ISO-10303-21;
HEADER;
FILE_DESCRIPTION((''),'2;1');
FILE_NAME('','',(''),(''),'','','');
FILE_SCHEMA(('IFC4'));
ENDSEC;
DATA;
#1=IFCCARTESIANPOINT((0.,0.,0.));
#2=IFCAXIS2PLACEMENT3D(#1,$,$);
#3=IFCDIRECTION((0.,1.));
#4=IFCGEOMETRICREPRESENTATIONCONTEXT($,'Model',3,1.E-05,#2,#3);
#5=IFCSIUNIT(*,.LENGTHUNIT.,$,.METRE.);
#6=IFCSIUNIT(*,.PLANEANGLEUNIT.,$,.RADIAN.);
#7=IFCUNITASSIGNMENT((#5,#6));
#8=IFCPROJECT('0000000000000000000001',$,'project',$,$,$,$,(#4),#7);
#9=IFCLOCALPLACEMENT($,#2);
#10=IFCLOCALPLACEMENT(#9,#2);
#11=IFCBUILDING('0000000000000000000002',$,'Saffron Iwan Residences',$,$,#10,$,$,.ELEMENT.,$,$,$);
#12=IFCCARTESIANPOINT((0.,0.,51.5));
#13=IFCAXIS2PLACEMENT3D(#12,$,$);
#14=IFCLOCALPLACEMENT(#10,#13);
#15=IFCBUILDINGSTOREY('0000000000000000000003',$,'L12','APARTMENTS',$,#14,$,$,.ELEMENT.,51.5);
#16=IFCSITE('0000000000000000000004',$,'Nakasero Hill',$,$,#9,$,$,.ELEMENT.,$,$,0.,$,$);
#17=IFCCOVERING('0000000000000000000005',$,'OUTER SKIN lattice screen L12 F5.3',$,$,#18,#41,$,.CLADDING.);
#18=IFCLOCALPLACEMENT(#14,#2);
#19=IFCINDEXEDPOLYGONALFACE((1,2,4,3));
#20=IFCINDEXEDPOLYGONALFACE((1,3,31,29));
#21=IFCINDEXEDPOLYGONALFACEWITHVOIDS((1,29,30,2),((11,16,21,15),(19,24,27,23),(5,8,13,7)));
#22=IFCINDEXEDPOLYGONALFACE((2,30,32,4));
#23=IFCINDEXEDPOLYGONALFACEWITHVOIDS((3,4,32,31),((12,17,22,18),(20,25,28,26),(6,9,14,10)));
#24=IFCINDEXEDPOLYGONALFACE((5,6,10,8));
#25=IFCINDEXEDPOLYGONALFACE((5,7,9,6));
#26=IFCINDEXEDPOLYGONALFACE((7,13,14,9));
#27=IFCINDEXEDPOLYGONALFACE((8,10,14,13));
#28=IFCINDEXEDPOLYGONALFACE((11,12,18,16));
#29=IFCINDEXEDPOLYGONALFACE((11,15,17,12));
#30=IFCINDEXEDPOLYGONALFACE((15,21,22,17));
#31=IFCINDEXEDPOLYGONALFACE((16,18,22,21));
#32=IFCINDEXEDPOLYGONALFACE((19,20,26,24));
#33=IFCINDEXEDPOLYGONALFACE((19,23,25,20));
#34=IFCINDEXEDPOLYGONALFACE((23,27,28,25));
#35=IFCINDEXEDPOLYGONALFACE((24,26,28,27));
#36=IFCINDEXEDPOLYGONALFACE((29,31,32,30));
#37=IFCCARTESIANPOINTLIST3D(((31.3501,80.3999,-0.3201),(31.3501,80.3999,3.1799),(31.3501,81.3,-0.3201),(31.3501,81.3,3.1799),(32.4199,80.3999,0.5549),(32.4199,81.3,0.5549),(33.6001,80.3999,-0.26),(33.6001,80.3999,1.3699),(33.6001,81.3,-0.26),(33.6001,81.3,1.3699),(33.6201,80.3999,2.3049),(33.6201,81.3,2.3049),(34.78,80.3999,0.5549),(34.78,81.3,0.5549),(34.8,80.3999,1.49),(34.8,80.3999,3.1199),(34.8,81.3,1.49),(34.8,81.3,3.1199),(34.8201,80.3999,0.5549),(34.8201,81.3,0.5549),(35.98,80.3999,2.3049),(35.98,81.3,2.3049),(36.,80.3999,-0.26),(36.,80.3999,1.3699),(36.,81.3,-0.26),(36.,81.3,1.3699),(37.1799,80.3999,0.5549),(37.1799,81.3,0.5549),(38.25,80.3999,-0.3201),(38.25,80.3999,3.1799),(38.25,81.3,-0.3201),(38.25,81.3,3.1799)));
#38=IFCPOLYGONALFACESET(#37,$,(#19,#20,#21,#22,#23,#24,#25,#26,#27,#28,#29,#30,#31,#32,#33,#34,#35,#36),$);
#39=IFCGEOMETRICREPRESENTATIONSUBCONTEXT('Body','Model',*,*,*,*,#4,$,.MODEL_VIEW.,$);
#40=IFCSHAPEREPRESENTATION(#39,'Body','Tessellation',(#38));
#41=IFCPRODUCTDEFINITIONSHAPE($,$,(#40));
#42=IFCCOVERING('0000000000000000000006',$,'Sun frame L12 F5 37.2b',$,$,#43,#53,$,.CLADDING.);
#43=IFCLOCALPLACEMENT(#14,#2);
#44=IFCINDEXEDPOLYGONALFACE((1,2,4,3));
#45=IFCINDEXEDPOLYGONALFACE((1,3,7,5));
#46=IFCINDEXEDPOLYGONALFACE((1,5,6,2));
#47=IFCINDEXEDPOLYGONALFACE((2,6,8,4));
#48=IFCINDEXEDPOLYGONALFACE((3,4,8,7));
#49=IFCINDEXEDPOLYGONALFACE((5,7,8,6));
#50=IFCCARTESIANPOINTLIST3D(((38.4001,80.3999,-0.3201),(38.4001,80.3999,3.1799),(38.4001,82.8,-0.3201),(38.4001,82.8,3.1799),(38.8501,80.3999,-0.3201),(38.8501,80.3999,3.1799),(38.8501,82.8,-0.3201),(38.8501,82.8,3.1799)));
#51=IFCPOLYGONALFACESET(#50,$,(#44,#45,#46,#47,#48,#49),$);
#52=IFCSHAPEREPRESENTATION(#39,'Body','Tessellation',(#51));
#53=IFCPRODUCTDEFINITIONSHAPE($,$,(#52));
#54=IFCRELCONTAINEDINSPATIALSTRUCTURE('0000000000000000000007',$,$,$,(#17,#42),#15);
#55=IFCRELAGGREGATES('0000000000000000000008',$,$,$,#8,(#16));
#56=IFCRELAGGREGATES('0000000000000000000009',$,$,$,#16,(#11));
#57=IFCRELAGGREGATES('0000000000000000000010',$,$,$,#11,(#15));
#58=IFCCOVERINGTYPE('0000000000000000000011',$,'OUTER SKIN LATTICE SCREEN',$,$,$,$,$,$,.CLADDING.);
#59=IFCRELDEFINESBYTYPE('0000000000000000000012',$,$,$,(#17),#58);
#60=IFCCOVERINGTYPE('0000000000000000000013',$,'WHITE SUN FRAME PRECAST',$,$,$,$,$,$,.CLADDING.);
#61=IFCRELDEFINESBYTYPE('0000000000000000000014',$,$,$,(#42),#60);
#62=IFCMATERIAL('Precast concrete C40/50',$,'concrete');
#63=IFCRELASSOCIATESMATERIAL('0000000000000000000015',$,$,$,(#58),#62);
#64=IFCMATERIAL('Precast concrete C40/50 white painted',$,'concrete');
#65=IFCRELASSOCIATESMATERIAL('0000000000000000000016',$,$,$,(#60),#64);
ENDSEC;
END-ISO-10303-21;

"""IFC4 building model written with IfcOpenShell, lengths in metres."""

from ifc_helpers import new_model, si_unit, direction, frame, origin, place, context, subcontext, project, spatial, polyline, outline, extrude, material, type_object, element, save


model = new_model("IFC4")

# Units and contexts
model_context = context("Model", 3, precision=1e-05, world=origin(), true_north=direction((0.0, 1.0)))
body_context = subcontext(model_context, "Body", "Model", "MODEL_VIEW")
ifc_project = project(units=[si_unit("LENGTHUNIT", "METRE"), si_unit("PLANEANGLEUNIT", "RADIAN")], contexts=[model_context])

# Site, building, storey
site_placement = place(None, origin())
site = spatial("IfcSite", under=ifc_project, at=site_placement, Name="Nakasero Hill", CompositionType="ELEMENT", RefElevation=0.0)
building_placement = place(site_placement, origin())
building = spatial("IfcBuilding", under=site, at=building_placement, Name="Saffron Iwan Residences", CompositionType="ELEMENT")
storey_placement = place(building_placement, frame((0.0, 0.0, 51.5)))
storey = spatial("IfcBuildingStorey", under=building, at=storey_placement, Name="L12", Description="APARTMENTS", CompositionType="ELEMENT", Elevation=51.5)

# Coverings
ifc_material_1 = material(Name="Precast concrete C40/50", Category="concrete")
covering_type_1 = type_object("IfcCoveringType", Name="OUTER SKIN LATTICE SCREEN", PredefinedType="CLADDING", material=ifc_material_1)
covering_1_placement = place(storey_placement, frame((38.25, 80.3999, -0.3201), z_axis=(0.0, 1.0, 0.0), x_axis=(-1.0, 0.0, 0.0)))
element("IfcCovering", 1, at=covering_1_placement, inside=storey, type_object=covering_type_1, Name="OUTER SKIN lattice screen L12 F5.3", PredefinedType="CLADDING", context=body_context, shape_type="SweptSolid", body=[
    extrude(outline(polyline([(0.0, 0.0), (6.8999, 0.0), (6.8999, 3.5), (0.0, 3.5), (0.0, 0.0)]), holes=[polyline([(1.0701, 0.875), (2.25, 0.0601), (3.4299, 0.875), (2.25, 1.6899), (1.0701, 0.875)]), polyline([(3.47, 0.875), (4.6499, 0.0601), (5.8301, 0.875), (4.6499, 1.6899), (3.47, 0.875)]), polyline([(2.27, 2.625), (3.45, 1.8101), (4.6299, 2.625), (3.45, 3.4399), (2.27, 2.625)])]), origin(), (0.0, 0.0, 1.0), 0.9001),
])
ifc_material_2 = material(Name="Precast concrete C40/50 white painted", Category="concrete")
covering_type_2 = type_object("IfcCoveringType", Name="WHITE SUN FRAME PRECAST", PredefinedType="CLADDING", material=ifc_material_2)
covering_2_placement = place(storey_placement, frame((38.8501, 80.3999, -0.3201), z_axis=(0.0, 1.0, 0.0), x_axis=(-1.0, 0.0, 0.0)))
element("IfcCovering", 2, at=covering_2_placement, inside=storey, type_object=covering_type_2, Name="Sun frame L12 F5 37.2b", PredefinedType="CLADDING", context=body_context, shape_type="SweptSolid", body=[
    extrude(outline(polyline([(0.0, 0.0), (0.45, 0.0), (0.45, 3.5), (0.0, 3.5), (0.0, 0.0)])), origin(), (0.0, 0.0, 1.0), 2.4001),
])

save(model, "model.ifc")
